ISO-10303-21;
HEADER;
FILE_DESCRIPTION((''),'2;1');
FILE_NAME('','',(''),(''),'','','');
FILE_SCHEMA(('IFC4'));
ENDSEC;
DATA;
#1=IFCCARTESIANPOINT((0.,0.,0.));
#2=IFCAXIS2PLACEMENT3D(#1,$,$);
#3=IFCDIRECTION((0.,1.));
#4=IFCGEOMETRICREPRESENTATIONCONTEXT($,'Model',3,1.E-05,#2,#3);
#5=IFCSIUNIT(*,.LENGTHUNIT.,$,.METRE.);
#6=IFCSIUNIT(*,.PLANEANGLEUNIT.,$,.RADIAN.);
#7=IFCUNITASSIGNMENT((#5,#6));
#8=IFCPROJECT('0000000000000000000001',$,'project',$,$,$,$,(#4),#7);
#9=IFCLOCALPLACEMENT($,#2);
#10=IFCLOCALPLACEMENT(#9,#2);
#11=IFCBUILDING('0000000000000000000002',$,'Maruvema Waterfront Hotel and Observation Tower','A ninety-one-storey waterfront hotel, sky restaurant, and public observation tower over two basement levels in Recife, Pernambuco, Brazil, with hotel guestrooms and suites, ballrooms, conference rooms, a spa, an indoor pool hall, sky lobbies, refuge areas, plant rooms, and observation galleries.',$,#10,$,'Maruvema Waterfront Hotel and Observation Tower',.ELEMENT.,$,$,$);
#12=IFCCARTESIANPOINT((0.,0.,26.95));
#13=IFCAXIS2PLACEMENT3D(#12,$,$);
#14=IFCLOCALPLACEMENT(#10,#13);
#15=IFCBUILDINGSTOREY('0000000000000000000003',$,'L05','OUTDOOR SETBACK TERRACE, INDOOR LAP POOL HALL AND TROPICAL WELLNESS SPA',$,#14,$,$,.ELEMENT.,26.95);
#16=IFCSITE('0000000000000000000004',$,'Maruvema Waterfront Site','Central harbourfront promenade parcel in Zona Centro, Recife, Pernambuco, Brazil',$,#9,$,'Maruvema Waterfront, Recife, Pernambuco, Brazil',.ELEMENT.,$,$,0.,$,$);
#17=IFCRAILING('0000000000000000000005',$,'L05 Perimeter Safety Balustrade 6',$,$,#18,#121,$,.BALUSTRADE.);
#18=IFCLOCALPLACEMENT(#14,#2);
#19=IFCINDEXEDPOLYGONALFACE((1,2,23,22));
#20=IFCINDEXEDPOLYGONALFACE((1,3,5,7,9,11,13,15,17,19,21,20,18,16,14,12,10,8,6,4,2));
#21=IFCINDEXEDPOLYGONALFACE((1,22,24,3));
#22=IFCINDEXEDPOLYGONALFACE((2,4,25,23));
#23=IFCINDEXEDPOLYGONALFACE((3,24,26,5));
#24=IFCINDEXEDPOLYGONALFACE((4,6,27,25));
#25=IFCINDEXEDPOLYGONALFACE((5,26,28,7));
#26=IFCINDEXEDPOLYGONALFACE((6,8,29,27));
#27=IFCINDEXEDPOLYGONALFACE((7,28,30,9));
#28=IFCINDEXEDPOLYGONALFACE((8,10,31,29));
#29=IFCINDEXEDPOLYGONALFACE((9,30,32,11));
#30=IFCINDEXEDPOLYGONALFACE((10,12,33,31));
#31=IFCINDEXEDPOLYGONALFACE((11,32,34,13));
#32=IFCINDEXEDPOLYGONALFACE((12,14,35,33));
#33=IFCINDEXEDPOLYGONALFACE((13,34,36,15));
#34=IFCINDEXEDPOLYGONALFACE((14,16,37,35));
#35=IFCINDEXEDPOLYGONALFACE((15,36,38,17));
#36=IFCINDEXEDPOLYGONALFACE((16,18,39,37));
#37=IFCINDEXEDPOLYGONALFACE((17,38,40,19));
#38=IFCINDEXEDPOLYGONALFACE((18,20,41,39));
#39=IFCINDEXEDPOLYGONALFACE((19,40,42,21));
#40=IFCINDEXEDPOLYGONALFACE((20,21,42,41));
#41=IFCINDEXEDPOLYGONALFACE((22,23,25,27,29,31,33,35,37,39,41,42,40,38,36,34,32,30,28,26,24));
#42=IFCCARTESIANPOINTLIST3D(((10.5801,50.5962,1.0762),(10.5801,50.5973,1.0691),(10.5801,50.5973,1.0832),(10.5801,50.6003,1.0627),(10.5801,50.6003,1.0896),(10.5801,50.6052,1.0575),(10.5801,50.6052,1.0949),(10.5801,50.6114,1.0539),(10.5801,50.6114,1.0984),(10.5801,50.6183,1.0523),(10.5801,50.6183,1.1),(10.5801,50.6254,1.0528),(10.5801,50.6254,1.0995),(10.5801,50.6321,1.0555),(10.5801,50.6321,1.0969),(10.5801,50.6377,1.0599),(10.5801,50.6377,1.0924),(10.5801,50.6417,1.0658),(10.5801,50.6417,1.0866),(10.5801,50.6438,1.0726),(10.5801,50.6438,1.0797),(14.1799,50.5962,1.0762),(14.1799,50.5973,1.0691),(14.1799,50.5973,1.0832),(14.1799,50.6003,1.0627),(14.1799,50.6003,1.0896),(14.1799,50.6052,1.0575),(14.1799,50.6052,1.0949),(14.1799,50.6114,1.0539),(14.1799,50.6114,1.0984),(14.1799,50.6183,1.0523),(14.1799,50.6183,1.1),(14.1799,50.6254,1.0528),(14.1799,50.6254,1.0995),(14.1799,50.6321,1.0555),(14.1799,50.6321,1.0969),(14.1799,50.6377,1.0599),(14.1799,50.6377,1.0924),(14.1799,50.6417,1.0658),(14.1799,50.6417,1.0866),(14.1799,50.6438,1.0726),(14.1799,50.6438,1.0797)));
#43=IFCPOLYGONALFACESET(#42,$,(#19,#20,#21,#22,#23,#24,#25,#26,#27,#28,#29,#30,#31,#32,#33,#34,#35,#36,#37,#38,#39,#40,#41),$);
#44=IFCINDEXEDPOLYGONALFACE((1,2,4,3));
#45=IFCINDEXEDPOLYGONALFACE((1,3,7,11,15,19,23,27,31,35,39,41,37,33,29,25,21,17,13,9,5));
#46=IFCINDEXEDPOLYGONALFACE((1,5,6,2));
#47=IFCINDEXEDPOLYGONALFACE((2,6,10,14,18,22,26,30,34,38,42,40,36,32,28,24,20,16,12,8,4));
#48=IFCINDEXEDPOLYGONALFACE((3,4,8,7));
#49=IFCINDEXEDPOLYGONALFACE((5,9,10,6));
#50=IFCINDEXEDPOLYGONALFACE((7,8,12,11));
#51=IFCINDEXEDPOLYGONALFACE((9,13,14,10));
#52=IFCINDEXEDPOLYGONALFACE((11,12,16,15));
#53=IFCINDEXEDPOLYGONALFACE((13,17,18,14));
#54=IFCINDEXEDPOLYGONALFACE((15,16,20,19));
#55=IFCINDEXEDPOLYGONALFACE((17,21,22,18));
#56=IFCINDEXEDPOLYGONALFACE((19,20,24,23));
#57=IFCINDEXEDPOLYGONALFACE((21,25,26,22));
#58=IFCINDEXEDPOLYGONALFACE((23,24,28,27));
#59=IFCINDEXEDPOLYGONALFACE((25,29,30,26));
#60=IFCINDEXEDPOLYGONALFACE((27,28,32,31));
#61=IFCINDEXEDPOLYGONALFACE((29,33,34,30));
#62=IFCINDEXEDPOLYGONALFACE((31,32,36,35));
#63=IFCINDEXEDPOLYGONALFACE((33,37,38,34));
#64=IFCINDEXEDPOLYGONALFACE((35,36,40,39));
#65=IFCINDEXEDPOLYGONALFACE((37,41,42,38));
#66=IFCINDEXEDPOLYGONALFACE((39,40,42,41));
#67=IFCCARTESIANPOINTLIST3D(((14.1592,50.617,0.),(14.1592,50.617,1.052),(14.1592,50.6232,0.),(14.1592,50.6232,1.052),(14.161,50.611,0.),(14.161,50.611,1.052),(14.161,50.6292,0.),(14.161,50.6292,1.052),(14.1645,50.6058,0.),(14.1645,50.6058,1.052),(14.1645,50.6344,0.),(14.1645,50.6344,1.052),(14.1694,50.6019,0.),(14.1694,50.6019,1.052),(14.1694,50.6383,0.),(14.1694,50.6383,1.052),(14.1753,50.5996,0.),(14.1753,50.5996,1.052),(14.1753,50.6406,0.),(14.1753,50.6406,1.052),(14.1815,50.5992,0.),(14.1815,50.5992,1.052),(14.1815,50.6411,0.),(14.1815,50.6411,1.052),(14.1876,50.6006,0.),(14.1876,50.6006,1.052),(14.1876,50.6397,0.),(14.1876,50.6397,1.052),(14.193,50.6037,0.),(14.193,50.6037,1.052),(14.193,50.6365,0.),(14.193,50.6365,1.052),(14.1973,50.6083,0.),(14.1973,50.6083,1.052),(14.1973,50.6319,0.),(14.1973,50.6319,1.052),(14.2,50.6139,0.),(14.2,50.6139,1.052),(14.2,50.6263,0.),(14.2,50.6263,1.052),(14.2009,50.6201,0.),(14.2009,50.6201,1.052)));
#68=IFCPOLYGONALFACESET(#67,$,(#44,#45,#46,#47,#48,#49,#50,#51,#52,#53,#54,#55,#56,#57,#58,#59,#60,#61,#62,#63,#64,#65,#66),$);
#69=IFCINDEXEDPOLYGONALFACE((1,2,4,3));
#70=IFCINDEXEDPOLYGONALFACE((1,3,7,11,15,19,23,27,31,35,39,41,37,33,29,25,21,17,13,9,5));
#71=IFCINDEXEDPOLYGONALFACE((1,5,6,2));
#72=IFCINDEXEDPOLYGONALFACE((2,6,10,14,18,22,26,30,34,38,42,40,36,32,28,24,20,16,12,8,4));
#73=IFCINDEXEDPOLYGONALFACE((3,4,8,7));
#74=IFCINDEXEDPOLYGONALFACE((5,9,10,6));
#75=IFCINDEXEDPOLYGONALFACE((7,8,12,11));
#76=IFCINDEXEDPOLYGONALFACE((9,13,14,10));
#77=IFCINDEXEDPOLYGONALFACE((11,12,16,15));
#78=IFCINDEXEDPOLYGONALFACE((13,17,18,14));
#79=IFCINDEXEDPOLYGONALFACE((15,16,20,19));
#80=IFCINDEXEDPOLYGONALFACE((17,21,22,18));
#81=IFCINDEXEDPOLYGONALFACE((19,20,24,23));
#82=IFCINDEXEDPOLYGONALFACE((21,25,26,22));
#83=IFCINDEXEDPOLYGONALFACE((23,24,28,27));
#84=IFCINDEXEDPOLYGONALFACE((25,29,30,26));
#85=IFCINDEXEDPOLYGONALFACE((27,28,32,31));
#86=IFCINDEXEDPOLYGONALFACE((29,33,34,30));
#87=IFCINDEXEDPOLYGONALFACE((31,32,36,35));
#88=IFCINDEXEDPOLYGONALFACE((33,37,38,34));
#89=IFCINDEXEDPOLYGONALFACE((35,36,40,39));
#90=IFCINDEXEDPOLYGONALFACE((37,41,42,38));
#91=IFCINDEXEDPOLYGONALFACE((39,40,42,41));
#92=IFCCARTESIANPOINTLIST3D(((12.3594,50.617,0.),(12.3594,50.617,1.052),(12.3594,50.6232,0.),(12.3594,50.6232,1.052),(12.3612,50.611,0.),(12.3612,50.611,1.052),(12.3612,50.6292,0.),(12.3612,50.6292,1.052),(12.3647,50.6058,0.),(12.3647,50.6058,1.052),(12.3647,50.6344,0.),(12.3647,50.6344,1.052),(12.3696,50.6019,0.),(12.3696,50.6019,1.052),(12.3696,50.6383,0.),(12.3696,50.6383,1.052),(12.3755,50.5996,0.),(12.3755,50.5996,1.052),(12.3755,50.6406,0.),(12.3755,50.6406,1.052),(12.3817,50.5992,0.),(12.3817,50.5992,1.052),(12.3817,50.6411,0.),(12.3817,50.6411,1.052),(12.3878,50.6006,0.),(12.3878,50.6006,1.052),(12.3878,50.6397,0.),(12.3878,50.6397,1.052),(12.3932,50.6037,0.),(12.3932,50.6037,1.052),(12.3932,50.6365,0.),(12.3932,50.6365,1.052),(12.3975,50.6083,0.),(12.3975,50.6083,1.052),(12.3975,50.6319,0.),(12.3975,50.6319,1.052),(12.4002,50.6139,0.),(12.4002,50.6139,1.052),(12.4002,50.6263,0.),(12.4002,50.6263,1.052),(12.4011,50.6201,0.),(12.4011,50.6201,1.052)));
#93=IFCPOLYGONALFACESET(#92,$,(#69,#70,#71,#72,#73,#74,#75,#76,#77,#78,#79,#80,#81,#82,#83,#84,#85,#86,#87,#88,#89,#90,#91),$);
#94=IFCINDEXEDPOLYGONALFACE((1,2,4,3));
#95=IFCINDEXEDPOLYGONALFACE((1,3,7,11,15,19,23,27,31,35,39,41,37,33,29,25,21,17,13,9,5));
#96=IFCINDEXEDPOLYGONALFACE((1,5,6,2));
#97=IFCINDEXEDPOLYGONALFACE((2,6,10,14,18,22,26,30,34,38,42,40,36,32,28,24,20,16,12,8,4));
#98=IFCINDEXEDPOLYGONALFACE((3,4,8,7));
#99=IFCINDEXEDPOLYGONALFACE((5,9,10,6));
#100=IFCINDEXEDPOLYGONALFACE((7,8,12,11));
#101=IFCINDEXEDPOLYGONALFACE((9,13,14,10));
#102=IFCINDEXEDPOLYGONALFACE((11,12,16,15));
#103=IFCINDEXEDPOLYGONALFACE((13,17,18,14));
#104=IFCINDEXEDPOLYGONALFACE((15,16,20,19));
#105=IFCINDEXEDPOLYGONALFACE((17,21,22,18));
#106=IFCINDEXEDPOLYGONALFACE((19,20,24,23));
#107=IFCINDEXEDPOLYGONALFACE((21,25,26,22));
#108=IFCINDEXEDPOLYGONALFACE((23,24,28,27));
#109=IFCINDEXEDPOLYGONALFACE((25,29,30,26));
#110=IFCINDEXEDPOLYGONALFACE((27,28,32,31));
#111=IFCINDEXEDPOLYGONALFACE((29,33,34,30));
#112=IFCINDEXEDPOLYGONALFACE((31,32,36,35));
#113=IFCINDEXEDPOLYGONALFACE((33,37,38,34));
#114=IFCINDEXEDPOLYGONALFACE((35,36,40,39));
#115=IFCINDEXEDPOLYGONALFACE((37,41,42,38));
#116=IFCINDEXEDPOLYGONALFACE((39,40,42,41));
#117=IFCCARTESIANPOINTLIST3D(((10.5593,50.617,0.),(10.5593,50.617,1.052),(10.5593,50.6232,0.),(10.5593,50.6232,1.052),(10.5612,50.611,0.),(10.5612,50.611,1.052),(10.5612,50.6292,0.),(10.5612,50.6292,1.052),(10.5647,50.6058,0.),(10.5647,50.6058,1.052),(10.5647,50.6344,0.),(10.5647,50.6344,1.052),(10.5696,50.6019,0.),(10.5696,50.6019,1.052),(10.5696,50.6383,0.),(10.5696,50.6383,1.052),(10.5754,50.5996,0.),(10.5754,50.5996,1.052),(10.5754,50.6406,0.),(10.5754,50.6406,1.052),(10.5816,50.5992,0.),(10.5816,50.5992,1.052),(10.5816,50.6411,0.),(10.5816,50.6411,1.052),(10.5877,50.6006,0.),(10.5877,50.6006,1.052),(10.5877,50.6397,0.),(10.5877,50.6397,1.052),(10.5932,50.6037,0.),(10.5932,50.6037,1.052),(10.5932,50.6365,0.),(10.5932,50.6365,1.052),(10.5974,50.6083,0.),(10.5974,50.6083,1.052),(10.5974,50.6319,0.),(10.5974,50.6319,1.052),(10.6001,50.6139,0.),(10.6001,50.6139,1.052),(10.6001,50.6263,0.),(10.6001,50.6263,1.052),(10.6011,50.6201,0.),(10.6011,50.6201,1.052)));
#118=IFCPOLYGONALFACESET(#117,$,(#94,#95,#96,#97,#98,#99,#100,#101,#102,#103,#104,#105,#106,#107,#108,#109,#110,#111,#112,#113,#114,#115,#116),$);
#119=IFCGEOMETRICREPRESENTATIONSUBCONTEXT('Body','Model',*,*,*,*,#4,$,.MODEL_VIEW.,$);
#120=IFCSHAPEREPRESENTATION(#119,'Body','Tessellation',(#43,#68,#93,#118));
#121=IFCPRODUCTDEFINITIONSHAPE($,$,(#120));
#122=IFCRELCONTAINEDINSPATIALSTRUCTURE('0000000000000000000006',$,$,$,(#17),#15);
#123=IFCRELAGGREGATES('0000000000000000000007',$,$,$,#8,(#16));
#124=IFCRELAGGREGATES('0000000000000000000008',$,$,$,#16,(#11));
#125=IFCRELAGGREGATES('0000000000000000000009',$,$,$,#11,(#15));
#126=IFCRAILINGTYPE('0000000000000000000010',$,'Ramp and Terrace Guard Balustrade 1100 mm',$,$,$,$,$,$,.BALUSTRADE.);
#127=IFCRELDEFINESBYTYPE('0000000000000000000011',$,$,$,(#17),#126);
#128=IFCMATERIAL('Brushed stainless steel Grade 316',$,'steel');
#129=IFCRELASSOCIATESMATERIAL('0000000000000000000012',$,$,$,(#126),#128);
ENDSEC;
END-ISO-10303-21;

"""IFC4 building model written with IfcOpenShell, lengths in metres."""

from ifc_helpers import new_model, si_unit, direction, frame, origin, origin_2d, place, context, subcontext, project, spatial, circle, extrude, material, type_object, element, save


model = new_model("IFC4")

# Units and contexts
model_context = context("Model", 3, precision=1e-05, world=origin(), true_north=direction((0.0, 1.0)))
body_context = subcontext(model_context, "Body", "Model", "MODEL_VIEW")
ifc_project = project(units=[si_unit("LENGTHUNIT", "METRE"), si_unit("PLANEANGLEUNIT", "RADIAN")], contexts=[model_context])

# Site, building, storey
site_placement = place(None, origin())
site = spatial("IfcSite", under=ifc_project, at=site_placement, Name="Maruvema Waterfront Site", Description="Central harbourfront promenade parcel in Zona Centro, Recife, Pernambuco, Brazil", LongName="Maruvema Waterfront, Recife, Pernambuco, Brazil", CompositionType="ELEMENT", RefElevation=0.0)
building_placement = place(site_placement, origin())
building = spatial("IfcBuilding", under=site, at=building_placement, Name="Maruvema Waterfront Hotel and Observation Tower", Description="A ninety-one-storey waterfront hotel, sky restaurant, and public observation tower over two basement levels in Recife, Pernambuco, Brazil, with hotel guestrooms and suites, ballrooms, conference rooms, a spa, an indoor pool hall, sky lobbies, refuge areas, plant rooms, and observation galleries.", LongName="Maruvema Waterfront Hotel and Observation Tower", CompositionType="ELEMENT")
storey_placement = place(building_placement, frame((0.0, 0.0, 26.95)))
storey = spatial("IfcBuildingStorey", under=building, at=storey_placement, Name="L05", Description="OUTDOOR SETBACK TERRACE, INDOOR LAP POOL HALL AND TROPICAL WELLNESS SPA", CompositionType="ELEMENT", Elevation=26.95)

# Railing
ifc_material_1 = material(Name="Brushed stainless steel Grade 316", Category="steel")
railing_type = type_object("IfcRailingType", Name="Ramp and Terrace Guard Balustrade 1100 mm", PredefinedType="BALUSTRADE", material=ifc_material_1)
railing_1_placement = place(storey_placement, frame((14.1799, 50.6201, 0.0)))
element("IfcRailing", 1, at=railing_1_placement, inside=storey, type_object=railing_type, Name="L05 Perimeter Safety Balustrade 6", PredefinedType="BALUSTRADE", context=body_context, shape_type="SweptSolid", body=[
    extrude(circle(Radius=0.0239, at=origin_2d()), frame((0.0, 0.0, 1.0762), z_axis=(-1.0, 0.0, 0.0), x_axis=(0.0, -1.0, 0.0)), (0.0, 0.0, 1.0), 3.5999),
    extrude(circle(Radius=0.021, at=origin_2d()), origin(), (0.0, 0.0, 1.0), 1.052),
    extrude(circle(Radius=0.021, at=origin_2d()), frame((-1.7998, 0.0, 0.0)), (0.0, 0.0, 1.0), 1.052),
    extrude(circle(Radius=0.021, at=origin_2d()), frame((-3.5999, 0.0, 0.0)), (0.0, 0.0, 1.0), 1.052),
])

save(model, "model.ifc")
